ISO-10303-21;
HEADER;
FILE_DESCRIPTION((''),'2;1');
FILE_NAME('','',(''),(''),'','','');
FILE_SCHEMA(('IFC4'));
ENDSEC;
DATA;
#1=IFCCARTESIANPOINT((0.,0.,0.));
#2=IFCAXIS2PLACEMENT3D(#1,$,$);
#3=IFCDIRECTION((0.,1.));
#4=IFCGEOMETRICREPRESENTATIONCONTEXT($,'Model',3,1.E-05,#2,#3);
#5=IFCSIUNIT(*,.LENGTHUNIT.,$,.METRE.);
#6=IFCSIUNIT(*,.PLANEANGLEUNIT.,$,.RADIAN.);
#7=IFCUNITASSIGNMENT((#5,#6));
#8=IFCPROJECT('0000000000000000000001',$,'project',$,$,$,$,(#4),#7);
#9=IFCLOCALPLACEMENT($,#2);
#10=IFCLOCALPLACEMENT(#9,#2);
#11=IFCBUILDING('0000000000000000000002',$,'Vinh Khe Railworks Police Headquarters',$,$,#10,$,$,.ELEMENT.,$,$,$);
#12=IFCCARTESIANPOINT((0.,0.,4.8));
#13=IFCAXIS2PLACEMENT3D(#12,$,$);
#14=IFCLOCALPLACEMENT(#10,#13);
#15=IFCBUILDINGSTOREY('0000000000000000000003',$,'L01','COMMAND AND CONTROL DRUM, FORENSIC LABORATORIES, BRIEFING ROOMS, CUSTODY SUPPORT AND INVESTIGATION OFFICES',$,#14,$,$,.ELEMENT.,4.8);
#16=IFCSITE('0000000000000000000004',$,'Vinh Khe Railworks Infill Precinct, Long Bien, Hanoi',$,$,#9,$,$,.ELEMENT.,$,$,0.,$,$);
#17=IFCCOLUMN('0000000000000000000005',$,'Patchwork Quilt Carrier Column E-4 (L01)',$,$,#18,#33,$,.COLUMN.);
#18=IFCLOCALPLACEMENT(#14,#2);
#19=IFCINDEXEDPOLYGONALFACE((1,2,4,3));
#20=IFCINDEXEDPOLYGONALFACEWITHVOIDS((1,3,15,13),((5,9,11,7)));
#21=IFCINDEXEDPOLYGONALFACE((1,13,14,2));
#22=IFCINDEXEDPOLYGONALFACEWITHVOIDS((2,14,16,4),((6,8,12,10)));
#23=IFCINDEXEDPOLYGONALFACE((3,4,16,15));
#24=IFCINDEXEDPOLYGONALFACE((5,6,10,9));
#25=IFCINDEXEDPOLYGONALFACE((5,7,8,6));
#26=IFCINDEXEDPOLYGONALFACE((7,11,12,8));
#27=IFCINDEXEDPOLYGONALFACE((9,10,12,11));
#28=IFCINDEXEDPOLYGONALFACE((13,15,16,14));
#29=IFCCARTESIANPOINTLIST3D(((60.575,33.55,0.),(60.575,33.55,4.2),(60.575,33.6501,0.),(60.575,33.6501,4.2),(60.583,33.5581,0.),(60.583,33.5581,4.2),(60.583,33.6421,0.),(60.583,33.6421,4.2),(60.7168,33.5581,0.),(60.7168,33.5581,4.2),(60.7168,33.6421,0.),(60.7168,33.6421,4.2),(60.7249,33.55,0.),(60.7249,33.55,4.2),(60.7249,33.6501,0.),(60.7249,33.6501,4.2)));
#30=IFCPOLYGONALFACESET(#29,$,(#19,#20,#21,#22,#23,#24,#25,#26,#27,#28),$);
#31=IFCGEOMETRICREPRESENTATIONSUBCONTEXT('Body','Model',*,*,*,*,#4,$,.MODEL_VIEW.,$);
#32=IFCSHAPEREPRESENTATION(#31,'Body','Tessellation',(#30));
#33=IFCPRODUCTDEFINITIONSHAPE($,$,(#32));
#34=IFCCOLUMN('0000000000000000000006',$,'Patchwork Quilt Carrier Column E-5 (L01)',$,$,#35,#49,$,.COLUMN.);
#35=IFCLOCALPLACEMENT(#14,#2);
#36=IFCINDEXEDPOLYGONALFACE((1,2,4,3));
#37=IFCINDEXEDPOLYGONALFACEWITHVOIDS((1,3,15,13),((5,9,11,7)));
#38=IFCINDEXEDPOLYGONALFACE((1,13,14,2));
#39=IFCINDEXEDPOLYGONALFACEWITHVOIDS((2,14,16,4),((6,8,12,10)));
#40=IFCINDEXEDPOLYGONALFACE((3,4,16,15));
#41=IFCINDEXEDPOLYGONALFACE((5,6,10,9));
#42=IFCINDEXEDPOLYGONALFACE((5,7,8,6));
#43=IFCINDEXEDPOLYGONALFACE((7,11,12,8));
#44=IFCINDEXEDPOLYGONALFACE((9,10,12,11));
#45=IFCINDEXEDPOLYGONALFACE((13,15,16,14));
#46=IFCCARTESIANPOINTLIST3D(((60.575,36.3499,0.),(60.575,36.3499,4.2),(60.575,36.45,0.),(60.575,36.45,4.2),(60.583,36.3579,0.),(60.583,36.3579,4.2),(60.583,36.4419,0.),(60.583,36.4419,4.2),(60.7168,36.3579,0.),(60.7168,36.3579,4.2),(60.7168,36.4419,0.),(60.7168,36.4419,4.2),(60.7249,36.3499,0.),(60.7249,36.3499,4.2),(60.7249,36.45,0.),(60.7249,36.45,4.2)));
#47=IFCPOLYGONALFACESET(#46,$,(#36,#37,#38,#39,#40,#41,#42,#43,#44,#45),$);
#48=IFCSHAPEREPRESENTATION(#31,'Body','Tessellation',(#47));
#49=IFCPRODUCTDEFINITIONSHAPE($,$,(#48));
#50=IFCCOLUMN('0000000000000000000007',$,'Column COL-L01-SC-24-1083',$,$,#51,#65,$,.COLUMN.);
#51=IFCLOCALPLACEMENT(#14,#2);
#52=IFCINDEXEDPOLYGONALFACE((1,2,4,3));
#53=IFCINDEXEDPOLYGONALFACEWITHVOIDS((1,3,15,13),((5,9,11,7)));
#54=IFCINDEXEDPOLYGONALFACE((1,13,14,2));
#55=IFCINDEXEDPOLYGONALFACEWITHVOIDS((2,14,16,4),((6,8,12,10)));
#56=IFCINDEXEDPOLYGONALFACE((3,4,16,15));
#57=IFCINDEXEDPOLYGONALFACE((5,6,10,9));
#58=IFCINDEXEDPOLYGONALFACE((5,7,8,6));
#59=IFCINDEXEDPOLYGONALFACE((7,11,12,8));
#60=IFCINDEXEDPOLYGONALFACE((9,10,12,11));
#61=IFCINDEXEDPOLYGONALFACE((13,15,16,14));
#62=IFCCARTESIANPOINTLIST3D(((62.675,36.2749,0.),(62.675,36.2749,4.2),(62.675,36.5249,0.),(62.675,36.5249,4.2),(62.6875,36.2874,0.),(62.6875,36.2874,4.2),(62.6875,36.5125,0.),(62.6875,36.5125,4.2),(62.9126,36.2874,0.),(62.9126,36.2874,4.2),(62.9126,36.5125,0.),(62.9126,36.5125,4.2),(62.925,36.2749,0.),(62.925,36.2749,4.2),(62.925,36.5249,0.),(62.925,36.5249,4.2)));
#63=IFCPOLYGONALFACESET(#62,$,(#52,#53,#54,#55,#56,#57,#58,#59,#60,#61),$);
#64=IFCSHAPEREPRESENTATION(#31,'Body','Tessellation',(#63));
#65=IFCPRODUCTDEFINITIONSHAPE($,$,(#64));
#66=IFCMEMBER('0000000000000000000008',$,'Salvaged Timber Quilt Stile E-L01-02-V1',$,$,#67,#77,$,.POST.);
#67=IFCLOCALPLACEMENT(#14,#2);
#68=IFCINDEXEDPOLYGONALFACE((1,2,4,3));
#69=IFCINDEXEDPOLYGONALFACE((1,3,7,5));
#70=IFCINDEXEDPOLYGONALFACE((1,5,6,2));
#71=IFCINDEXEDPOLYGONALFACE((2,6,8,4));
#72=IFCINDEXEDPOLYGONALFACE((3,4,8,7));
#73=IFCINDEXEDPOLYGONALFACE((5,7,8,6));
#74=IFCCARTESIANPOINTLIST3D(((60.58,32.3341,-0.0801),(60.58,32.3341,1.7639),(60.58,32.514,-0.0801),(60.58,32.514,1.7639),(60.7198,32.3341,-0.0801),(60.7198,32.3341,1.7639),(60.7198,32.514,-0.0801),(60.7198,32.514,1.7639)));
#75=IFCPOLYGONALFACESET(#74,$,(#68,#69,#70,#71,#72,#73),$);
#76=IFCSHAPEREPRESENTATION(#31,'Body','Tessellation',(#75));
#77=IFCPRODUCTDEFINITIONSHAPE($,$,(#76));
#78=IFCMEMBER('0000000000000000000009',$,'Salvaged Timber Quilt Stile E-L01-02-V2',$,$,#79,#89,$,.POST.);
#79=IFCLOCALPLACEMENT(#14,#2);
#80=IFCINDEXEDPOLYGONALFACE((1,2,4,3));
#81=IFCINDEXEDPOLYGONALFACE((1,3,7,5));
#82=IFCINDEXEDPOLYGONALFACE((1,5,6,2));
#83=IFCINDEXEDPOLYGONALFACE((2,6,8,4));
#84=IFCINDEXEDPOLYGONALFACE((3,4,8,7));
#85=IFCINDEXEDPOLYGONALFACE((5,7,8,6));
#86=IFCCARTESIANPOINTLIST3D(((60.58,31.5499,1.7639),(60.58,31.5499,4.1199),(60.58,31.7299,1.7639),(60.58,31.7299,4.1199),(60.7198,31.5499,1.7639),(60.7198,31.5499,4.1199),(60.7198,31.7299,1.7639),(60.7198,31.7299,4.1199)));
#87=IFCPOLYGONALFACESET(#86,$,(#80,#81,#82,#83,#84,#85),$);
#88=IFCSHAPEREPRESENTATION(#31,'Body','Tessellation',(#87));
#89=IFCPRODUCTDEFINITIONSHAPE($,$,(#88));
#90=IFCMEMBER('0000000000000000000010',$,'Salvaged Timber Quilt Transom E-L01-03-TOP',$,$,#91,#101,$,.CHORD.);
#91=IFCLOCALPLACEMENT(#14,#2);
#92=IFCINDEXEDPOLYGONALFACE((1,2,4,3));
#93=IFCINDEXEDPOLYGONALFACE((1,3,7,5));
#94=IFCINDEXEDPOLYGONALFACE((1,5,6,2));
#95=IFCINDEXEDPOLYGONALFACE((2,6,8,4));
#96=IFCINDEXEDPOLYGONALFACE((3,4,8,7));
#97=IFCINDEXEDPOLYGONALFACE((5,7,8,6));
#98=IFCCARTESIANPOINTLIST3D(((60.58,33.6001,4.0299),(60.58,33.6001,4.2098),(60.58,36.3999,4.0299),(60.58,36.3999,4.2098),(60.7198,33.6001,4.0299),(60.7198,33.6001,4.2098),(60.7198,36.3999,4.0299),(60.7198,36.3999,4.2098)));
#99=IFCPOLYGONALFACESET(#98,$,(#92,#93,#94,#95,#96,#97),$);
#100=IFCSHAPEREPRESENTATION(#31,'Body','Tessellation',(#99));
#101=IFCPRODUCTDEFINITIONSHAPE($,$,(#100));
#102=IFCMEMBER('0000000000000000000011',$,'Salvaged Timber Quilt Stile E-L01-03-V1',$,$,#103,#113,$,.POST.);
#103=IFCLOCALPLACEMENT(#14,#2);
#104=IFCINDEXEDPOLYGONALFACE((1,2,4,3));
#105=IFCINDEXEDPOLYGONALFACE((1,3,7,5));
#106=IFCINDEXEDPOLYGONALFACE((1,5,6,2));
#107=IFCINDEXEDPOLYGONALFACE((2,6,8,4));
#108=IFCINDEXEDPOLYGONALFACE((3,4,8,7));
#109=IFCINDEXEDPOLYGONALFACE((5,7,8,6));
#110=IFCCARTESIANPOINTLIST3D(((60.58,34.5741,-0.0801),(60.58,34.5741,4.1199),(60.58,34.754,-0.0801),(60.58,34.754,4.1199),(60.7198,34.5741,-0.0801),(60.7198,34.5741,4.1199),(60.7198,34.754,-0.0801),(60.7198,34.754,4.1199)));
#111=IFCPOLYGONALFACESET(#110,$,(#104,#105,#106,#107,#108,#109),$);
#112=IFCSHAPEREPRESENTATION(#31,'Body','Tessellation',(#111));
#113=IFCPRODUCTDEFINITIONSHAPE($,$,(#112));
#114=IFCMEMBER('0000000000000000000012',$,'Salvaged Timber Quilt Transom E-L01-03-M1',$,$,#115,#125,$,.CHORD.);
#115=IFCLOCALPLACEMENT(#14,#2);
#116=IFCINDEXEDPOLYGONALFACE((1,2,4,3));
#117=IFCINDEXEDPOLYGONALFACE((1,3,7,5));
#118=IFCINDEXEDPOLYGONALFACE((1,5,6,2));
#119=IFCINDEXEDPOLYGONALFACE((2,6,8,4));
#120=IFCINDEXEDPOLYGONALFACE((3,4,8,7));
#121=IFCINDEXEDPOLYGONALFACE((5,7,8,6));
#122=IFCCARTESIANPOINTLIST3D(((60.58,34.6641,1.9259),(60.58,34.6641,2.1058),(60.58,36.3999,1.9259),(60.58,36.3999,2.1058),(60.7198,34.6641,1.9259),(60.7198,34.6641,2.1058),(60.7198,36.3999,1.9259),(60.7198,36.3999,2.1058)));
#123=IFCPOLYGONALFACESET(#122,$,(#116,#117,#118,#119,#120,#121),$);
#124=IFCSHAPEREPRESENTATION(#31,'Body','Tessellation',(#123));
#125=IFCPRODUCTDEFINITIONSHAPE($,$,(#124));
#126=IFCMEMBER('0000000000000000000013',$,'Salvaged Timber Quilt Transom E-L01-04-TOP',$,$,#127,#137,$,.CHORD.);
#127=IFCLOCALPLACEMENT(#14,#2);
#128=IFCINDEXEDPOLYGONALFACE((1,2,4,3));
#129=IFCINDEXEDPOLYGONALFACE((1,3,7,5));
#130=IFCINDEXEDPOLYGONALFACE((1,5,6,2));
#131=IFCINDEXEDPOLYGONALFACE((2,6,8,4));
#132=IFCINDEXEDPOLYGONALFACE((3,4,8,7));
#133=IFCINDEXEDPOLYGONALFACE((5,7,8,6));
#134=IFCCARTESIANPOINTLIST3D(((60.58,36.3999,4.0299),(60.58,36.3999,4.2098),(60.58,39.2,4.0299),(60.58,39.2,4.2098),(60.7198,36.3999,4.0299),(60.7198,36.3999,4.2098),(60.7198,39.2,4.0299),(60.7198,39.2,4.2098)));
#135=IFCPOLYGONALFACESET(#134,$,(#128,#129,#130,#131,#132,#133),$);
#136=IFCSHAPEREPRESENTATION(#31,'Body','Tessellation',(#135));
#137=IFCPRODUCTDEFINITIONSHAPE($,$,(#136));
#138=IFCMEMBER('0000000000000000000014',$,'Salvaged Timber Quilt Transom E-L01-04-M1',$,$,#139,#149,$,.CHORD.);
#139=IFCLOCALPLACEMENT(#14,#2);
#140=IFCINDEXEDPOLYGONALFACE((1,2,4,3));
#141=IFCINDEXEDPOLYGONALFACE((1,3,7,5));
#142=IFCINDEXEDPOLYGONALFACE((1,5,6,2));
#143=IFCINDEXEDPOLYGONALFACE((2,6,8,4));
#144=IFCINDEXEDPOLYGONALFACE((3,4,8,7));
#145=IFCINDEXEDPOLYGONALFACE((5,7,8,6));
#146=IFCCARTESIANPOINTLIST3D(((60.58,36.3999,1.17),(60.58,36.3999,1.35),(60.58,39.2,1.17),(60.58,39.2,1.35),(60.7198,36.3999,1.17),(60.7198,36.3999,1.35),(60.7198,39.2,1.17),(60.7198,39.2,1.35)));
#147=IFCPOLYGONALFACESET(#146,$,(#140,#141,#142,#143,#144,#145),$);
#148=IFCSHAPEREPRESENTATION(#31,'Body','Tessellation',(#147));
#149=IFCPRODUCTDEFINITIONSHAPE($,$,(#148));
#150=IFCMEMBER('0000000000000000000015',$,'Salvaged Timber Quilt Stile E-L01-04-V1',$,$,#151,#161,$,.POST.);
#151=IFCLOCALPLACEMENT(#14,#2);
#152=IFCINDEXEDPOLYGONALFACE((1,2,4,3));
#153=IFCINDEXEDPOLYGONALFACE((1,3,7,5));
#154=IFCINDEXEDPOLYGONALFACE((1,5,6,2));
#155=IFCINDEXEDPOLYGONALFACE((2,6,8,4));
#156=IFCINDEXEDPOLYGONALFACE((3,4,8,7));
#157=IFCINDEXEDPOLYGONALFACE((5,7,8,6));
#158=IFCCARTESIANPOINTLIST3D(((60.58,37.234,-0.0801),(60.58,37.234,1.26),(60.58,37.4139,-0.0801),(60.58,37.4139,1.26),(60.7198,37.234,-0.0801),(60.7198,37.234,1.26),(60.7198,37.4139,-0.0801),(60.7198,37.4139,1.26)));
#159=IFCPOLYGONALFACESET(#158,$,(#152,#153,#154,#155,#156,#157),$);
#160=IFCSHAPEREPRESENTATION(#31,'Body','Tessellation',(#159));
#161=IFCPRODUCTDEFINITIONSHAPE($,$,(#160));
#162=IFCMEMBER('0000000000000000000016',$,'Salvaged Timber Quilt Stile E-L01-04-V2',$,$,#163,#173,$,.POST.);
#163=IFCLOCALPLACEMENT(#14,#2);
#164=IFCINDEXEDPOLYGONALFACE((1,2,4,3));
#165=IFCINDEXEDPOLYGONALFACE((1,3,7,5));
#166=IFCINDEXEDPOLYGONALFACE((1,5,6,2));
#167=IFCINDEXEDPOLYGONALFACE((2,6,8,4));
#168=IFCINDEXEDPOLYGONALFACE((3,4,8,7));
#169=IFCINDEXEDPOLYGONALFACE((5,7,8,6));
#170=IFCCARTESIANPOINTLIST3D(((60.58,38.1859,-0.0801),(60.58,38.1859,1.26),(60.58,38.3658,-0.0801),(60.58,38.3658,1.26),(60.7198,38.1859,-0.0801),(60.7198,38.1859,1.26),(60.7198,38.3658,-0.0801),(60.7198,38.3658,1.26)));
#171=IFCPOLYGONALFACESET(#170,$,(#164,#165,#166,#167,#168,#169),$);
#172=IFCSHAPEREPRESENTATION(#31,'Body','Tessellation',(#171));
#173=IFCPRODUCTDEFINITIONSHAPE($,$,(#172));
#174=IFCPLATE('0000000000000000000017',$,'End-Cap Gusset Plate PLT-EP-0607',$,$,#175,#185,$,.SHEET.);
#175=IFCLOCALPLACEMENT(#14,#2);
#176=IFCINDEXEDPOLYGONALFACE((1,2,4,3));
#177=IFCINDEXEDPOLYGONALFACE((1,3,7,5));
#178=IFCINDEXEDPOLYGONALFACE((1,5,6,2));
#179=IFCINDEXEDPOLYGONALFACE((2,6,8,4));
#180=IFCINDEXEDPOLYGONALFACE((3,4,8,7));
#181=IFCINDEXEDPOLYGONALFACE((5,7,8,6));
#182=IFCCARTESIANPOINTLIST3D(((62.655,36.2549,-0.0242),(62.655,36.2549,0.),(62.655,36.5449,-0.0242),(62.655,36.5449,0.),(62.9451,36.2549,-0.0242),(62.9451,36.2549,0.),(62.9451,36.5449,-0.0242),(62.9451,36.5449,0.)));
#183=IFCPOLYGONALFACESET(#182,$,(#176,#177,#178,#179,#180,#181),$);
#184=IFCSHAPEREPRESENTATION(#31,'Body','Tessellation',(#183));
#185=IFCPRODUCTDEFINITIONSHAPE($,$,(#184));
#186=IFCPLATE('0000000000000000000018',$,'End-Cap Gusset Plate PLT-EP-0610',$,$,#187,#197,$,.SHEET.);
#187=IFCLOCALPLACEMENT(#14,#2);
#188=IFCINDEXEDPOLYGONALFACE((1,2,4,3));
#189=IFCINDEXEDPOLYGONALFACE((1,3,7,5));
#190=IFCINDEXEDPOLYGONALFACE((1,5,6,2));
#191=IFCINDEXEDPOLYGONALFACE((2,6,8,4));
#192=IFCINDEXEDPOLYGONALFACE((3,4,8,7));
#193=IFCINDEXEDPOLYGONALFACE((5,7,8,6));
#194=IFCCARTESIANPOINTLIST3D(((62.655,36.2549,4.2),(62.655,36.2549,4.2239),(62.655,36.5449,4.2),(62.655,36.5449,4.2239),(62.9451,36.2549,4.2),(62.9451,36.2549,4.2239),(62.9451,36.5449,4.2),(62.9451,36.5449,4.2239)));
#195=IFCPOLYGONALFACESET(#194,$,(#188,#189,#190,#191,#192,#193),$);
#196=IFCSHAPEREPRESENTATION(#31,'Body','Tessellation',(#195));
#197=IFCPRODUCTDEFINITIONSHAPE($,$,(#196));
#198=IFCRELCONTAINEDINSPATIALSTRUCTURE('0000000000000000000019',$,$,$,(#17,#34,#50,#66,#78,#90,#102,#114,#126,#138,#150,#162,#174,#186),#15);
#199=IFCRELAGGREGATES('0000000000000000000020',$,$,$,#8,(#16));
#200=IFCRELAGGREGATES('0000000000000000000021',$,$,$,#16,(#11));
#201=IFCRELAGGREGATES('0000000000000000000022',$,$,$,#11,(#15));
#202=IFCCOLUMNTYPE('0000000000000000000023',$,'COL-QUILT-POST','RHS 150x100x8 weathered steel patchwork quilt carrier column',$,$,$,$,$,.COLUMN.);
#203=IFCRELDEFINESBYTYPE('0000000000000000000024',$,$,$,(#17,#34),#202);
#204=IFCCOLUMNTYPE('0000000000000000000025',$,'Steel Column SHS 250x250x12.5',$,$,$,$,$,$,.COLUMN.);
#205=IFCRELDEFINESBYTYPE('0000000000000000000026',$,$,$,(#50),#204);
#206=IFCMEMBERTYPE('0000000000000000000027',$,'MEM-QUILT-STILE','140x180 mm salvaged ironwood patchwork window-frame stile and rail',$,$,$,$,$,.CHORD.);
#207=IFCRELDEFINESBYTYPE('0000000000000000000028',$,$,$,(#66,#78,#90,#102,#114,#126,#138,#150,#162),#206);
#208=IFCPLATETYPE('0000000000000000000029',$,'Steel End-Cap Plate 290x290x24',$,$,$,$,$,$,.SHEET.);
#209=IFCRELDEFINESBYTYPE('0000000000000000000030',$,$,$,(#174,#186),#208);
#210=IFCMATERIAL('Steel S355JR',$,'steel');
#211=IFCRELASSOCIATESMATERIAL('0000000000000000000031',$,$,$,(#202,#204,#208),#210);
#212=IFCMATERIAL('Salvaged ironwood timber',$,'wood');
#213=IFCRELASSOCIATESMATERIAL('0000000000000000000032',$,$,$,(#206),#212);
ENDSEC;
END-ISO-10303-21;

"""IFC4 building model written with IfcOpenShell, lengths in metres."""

from ifc_helpers import new_model, si_unit, direction, frame, origin, origin_2d, place, context, subcontext, project, spatial, rectangle, hollow_rectangle, extrude, material, material_profile, profile_set, type_object, element, save


model = new_model("IFC4")

# Units and contexts
model_context = context("Model", 3, precision=1e-05, world=origin(), true_north=direction((0.0, 1.0)))
body_context = subcontext(model_context, "Body", "Model", "MODEL_VIEW")
ifc_project = project(units=[si_unit("LENGTHUNIT", "METRE"), si_unit("PLANEANGLEUNIT", "RADIAN")], contexts=[model_context])

# Site, building, storey
site_placement = place(None, origin())
site = spatial("IfcSite", under=ifc_project, at=site_placement, Name="Vinh Khe Railworks Infill Precinct, Long Bien, Hanoi", CompositionType="ELEMENT", RefElevation=0.0)
building_placement = place(site_placement, origin())
building = spatial("IfcBuilding", under=site, at=building_placement, Name="Vinh Khe Railworks Police Headquarters", CompositionType="ELEMENT")
storey_placement = place(building_placement, frame((0.0, 0.0, 4.8)))
storey = spatial("IfcBuildingStorey", under=building, at=storey_placement, Name="L01", Description="COMMAND AND CONTROL DRUM, FORENSIC LABORATORIES, BRIEFING ROOMS, CUSTODY SUPPORT AND INVESTIGATION OFFICES", CompositionType="ELEMENT", Elevation=4.8)

# Columns
ifc_material_1 = material(Name="Steel S355JR", Category="steel")
ifc_material_profile_1 = material_profile(ifc_material_1, hollow_rectangle(XDim=0.1499, YDim=0.1001, WallThickness=0.0081, at=origin_2d()), Name="RHS 150x100x8")
ifc_profile_set_1 = profile_set([ifc_material_profile_1], Name="Steel S355JR")
column_type_1 = type_object("IfcColumnType", Name="COL-QUILT-POST", Description="RHS 150x100x8 weathered steel patchwork quilt carrier column", PredefinedType="COLUMN", material=ifc_profile_set_1)
for number, where, z_axis, x_axis, name in (
    (1, (60.6499, 33.6001, 0.0), (0.0, 0.0, 1.0), (1.0, 0.0, 0.0), "Patchwork Quilt Carrier Column E-4 (L01)"),
    (2, (60.6499, 36.3999, 0.0), (0.0, 0.0, 1.0), (1.0, 0.0, 0.0), "Patchwork Quilt Carrier Column E-5 (L01)"),
):
    element("IfcColumn", number, at=place(storey_placement, frame(where, z_axis=z_axis, x_axis=x_axis)), inside=storey, type_object=column_type_1, Name=name, PredefinedType="COLUMN", context=body_context, shape_type="SweptSolid", body=[
        extrude(hollow_rectangle(XDim=0.1499, YDim=0.1001, WallThickness=0.0081, at=origin_2d()), origin(), (0.0, 0.0, 1.0), 4.2),
    ])
ifc_material_profile_2 = material_profile(ifc_material_1, hollow_rectangle(XDim=0.25, YDim=0.25, WallThickness=0.0125, at=origin_2d()), Name="SHS 250x250x12.5")
ifc_profile_set_2 = profile_set([ifc_material_profile_2], Name="Steel S355JR")
column_type_2 = type_object("IfcColumnType", Name="Steel Column SHS 250x250x12.5", PredefinedType="COLUMN", material=ifc_profile_set_2)
column_placement = place(storey_placement, frame((62.8, 36.3999, 0.0), z_axis=(0.0, 0.0, 1.0), x_axis=(1.0, 0.0, 0.0)))
element("IfcColumn", 3, at=column_placement, inside=storey, type_object=column_type_2, Name="Column COL-L01-SC-24-1083", PredefinedType="COLUMN", context=body_context, shape_type="SweptSolid", body=[
    extrude(hollow_rectangle(XDim=0.25, YDim=0.25, WallThickness=0.0125, at=origin_2d()), origin(), (0.0, 0.0, 1.0), 4.2),
])

# Members
ifc_material_2 = material(Name="Salvaged ironwood timber", Category="wood")
ifc_material_profile_3 = material_profile(ifc_material_2, rectangle(XDim=0.1399, YDim=0.1799, at=origin_2d()), Name="TIMBER 140x180")
ifc_profile_set_3 = profile_set([ifc_material_profile_3], Name="Salvaged ironwood timber")
member_type = type_object("IfcMemberType", Name="MEM-QUILT-STILE", Description="140x180 mm salvaged ironwood patchwork window-frame stile and rail", PredefinedType="CHORD", material=ifc_profile_set_3)
member_1_placement = place(storey_placement, frame((60.6499, 32.4241, -0.0801), z_axis=(0.0, 0.0, 1.0), x_axis=(1.0, 0.0, 0.0)))
element("IfcMember", 4, at=member_1_placement, inside=storey, type_object=member_type, Name="Salvaged Timber Quilt Stile E-L01-02-V1", PredefinedType="POST", context=body_context, shape_type="SweptSolid", body=[
    extrude(rectangle(XDim=0.1399, YDim=0.1799, at=origin_2d()), origin(), (0.0, 0.0, 1.0), 1.844),
])
member_2_placement = place(storey_placement, frame((60.6499, 31.6399, 1.7639), z_axis=(0.0, 0.0, 1.0), x_axis=(1.0, 0.0, 0.0)))
element("IfcMember", 5, at=member_2_placement, inside=storey, type_object=member_type, Name="Salvaged Timber Quilt Stile E-L01-02-V2", PredefinedType="POST", context=body_context, shape_type="SweptSolid", body=[
    extrude(rectangle(XDim=0.1399, YDim=0.1799, at=origin_2d()), origin(), (0.0, 0.0, 1.0), 2.356),
])
member_3_placement = place(storey_placement, frame((60.6499, 33.6001, 4.1199), z_axis=(0.0, 1.0, 0.0), x_axis=(-1.0, 0.0, 0.0)))
element("IfcMember", 6, at=member_3_placement, inside=storey, type_object=member_type, Name="Salvaged Timber Quilt Transom E-L01-03-TOP", PredefinedType="CHORD", context=body_context, shape_type="SweptSolid", body=[
    extrude(rectangle(XDim=0.1399, YDim=0.1799, at=origin_2d()), origin(), (0.0, 0.0, 1.0), 2.7998),
])
member_4_placement = place(storey_placement, frame((60.6499, 34.6641, -0.0801), z_axis=(0.0, 0.0, 1.0), x_axis=(1.0, 0.0, 0.0)))
element("IfcMember", 7, at=member_4_placement, inside=storey, type_object=member_type, Name="Salvaged Timber Quilt Stile E-L01-03-V1", PredefinedType="POST", context=body_context, shape_type="SweptSolid", body=[
    extrude(rectangle(XDim=0.1399, YDim=0.1799, at=origin_2d()), origin(), (0.0, 0.0, 1.0), 4.2),
])
member_5_placement = place(storey_placement, frame((60.6499, 34.6641, 2.0159), z_axis=(0.0, 1.0, 0.0), x_axis=(-1.0, 0.0, 0.0)))
element("IfcMember", 8, at=member_5_placement, inside=storey, type_object=member_type, Name="Salvaged Timber Quilt Transom E-L01-03-M1", PredefinedType="CHORD", context=body_context, shape_type="SweptSolid", body=[
    extrude(rectangle(XDim=0.1399, YDim=0.1799, at=origin_2d()), origin(), (0.0, 0.0, 1.0), 1.7358),
])
for number, where, z_axis, x_axis, name in (
    (9, (60.6499, 36.3999, 4.1199), (0.0, 1.0, 0.0), (-1.0, 0.0, 0.0), "Salvaged Timber Quilt Transom E-L01-04-TOP"),
    (10, (60.6499, 36.3999, 1.26), (0.0, 1.0, 0.0), (-1.0, 0.0, 0.0), "Salvaged Timber Quilt Transom E-L01-04-M1"),
):
    element("IfcMember", number, at=place(storey_placement, frame(where, z_axis=z_axis, x_axis=x_axis)), inside=storey, type_object=member_type, Name=name, PredefinedType="CHORD", context=body_context, shape_type="SweptSolid", body=[
        extrude(rectangle(XDim=0.1399, YDim=0.1799, at=origin_2d()), origin(), (0.0, 0.0, 1.0), 2.8),
    ])
for number, where, z_axis, x_axis, name in (
    (11, (60.6499, 37.324, -0.0801), (0.0, 0.0, 1.0), (1.0, 0.0, 0.0), "Salvaged Timber Quilt Stile E-L01-04-V1"),
    (12, (60.6499, 38.2759, -0.0801), (0.0, 0.0, 1.0), (1.0, 0.0, 0.0), "Salvaged Timber Quilt Stile E-L01-04-V2"),
):
    element("IfcMember", number, at=place(storey_placement, frame(where, z_axis=z_axis, x_axis=x_axis)), inside=storey, type_object=member_type, Name=name, PredefinedType="POST", context=body_context, shape_type="SweptSolid", body=[
        extrude(rectangle(XDim=0.1399, YDim=0.1799, at=origin_2d()), origin(), (0.0, 0.0, 1.0), 1.3401),
    ])

# Plates
ifc_material_profile_4 = material_profile(ifc_material_1, rectangle(XDim=0.29, YDim=0.29, at=origin_2d()), Name="PL 290x290")
ifc_profile_set_4 = profile_set([ifc_material_profile_4], Name="Steel S355JR")
plate_type = type_object("IfcPlateType", Name="Steel End-Cap Plate 290x290x24", PredefinedType="SHEET", material=ifc_profile_set_4)
plate_1_placement = place(storey_placement, frame((62.8, 36.3999, 0.0), z_axis=(0.0, 0.0, -1.0), x_axis=(1.0, 0.0, 0.0)))
element("IfcPlate", 13, at=plate_1_placement, inside=storey, type_object=plate_type, Name="End-Cap Gusset Plate PLT-EP-0607", PredefinedType="SHEET", context=body_context, shape_type="SweptSolid", body=[
    extrude(rectangle(XDim=0.29, YDim=0.29, at=origin_2d()), origin(), (0.0, 0.0, 1.0), 0.0242),
])
plate_2_placement = place(storey_placement, frame((62.8, 36.3999, 4.2), z_axis=(0.0, 0.0, 1.0), x_axis=(1.0, 0.0, 0.0)))
element("IfcPlate", 14, at=plate_2_placement, inside=storey, type_object=plate_type, Name="End-Cap Gusset Plate PLT-EP-0610", PredefinedType="SHEET", context=body_context, shape_type="SweptSolid", body=[
    extrude(rectangle(XDim=0.29, YDim=0.29, at=origin_2d()), origin(), (0.0, 0.0, 1.0), 0.0239),
])

save(model, "model.ifc")
